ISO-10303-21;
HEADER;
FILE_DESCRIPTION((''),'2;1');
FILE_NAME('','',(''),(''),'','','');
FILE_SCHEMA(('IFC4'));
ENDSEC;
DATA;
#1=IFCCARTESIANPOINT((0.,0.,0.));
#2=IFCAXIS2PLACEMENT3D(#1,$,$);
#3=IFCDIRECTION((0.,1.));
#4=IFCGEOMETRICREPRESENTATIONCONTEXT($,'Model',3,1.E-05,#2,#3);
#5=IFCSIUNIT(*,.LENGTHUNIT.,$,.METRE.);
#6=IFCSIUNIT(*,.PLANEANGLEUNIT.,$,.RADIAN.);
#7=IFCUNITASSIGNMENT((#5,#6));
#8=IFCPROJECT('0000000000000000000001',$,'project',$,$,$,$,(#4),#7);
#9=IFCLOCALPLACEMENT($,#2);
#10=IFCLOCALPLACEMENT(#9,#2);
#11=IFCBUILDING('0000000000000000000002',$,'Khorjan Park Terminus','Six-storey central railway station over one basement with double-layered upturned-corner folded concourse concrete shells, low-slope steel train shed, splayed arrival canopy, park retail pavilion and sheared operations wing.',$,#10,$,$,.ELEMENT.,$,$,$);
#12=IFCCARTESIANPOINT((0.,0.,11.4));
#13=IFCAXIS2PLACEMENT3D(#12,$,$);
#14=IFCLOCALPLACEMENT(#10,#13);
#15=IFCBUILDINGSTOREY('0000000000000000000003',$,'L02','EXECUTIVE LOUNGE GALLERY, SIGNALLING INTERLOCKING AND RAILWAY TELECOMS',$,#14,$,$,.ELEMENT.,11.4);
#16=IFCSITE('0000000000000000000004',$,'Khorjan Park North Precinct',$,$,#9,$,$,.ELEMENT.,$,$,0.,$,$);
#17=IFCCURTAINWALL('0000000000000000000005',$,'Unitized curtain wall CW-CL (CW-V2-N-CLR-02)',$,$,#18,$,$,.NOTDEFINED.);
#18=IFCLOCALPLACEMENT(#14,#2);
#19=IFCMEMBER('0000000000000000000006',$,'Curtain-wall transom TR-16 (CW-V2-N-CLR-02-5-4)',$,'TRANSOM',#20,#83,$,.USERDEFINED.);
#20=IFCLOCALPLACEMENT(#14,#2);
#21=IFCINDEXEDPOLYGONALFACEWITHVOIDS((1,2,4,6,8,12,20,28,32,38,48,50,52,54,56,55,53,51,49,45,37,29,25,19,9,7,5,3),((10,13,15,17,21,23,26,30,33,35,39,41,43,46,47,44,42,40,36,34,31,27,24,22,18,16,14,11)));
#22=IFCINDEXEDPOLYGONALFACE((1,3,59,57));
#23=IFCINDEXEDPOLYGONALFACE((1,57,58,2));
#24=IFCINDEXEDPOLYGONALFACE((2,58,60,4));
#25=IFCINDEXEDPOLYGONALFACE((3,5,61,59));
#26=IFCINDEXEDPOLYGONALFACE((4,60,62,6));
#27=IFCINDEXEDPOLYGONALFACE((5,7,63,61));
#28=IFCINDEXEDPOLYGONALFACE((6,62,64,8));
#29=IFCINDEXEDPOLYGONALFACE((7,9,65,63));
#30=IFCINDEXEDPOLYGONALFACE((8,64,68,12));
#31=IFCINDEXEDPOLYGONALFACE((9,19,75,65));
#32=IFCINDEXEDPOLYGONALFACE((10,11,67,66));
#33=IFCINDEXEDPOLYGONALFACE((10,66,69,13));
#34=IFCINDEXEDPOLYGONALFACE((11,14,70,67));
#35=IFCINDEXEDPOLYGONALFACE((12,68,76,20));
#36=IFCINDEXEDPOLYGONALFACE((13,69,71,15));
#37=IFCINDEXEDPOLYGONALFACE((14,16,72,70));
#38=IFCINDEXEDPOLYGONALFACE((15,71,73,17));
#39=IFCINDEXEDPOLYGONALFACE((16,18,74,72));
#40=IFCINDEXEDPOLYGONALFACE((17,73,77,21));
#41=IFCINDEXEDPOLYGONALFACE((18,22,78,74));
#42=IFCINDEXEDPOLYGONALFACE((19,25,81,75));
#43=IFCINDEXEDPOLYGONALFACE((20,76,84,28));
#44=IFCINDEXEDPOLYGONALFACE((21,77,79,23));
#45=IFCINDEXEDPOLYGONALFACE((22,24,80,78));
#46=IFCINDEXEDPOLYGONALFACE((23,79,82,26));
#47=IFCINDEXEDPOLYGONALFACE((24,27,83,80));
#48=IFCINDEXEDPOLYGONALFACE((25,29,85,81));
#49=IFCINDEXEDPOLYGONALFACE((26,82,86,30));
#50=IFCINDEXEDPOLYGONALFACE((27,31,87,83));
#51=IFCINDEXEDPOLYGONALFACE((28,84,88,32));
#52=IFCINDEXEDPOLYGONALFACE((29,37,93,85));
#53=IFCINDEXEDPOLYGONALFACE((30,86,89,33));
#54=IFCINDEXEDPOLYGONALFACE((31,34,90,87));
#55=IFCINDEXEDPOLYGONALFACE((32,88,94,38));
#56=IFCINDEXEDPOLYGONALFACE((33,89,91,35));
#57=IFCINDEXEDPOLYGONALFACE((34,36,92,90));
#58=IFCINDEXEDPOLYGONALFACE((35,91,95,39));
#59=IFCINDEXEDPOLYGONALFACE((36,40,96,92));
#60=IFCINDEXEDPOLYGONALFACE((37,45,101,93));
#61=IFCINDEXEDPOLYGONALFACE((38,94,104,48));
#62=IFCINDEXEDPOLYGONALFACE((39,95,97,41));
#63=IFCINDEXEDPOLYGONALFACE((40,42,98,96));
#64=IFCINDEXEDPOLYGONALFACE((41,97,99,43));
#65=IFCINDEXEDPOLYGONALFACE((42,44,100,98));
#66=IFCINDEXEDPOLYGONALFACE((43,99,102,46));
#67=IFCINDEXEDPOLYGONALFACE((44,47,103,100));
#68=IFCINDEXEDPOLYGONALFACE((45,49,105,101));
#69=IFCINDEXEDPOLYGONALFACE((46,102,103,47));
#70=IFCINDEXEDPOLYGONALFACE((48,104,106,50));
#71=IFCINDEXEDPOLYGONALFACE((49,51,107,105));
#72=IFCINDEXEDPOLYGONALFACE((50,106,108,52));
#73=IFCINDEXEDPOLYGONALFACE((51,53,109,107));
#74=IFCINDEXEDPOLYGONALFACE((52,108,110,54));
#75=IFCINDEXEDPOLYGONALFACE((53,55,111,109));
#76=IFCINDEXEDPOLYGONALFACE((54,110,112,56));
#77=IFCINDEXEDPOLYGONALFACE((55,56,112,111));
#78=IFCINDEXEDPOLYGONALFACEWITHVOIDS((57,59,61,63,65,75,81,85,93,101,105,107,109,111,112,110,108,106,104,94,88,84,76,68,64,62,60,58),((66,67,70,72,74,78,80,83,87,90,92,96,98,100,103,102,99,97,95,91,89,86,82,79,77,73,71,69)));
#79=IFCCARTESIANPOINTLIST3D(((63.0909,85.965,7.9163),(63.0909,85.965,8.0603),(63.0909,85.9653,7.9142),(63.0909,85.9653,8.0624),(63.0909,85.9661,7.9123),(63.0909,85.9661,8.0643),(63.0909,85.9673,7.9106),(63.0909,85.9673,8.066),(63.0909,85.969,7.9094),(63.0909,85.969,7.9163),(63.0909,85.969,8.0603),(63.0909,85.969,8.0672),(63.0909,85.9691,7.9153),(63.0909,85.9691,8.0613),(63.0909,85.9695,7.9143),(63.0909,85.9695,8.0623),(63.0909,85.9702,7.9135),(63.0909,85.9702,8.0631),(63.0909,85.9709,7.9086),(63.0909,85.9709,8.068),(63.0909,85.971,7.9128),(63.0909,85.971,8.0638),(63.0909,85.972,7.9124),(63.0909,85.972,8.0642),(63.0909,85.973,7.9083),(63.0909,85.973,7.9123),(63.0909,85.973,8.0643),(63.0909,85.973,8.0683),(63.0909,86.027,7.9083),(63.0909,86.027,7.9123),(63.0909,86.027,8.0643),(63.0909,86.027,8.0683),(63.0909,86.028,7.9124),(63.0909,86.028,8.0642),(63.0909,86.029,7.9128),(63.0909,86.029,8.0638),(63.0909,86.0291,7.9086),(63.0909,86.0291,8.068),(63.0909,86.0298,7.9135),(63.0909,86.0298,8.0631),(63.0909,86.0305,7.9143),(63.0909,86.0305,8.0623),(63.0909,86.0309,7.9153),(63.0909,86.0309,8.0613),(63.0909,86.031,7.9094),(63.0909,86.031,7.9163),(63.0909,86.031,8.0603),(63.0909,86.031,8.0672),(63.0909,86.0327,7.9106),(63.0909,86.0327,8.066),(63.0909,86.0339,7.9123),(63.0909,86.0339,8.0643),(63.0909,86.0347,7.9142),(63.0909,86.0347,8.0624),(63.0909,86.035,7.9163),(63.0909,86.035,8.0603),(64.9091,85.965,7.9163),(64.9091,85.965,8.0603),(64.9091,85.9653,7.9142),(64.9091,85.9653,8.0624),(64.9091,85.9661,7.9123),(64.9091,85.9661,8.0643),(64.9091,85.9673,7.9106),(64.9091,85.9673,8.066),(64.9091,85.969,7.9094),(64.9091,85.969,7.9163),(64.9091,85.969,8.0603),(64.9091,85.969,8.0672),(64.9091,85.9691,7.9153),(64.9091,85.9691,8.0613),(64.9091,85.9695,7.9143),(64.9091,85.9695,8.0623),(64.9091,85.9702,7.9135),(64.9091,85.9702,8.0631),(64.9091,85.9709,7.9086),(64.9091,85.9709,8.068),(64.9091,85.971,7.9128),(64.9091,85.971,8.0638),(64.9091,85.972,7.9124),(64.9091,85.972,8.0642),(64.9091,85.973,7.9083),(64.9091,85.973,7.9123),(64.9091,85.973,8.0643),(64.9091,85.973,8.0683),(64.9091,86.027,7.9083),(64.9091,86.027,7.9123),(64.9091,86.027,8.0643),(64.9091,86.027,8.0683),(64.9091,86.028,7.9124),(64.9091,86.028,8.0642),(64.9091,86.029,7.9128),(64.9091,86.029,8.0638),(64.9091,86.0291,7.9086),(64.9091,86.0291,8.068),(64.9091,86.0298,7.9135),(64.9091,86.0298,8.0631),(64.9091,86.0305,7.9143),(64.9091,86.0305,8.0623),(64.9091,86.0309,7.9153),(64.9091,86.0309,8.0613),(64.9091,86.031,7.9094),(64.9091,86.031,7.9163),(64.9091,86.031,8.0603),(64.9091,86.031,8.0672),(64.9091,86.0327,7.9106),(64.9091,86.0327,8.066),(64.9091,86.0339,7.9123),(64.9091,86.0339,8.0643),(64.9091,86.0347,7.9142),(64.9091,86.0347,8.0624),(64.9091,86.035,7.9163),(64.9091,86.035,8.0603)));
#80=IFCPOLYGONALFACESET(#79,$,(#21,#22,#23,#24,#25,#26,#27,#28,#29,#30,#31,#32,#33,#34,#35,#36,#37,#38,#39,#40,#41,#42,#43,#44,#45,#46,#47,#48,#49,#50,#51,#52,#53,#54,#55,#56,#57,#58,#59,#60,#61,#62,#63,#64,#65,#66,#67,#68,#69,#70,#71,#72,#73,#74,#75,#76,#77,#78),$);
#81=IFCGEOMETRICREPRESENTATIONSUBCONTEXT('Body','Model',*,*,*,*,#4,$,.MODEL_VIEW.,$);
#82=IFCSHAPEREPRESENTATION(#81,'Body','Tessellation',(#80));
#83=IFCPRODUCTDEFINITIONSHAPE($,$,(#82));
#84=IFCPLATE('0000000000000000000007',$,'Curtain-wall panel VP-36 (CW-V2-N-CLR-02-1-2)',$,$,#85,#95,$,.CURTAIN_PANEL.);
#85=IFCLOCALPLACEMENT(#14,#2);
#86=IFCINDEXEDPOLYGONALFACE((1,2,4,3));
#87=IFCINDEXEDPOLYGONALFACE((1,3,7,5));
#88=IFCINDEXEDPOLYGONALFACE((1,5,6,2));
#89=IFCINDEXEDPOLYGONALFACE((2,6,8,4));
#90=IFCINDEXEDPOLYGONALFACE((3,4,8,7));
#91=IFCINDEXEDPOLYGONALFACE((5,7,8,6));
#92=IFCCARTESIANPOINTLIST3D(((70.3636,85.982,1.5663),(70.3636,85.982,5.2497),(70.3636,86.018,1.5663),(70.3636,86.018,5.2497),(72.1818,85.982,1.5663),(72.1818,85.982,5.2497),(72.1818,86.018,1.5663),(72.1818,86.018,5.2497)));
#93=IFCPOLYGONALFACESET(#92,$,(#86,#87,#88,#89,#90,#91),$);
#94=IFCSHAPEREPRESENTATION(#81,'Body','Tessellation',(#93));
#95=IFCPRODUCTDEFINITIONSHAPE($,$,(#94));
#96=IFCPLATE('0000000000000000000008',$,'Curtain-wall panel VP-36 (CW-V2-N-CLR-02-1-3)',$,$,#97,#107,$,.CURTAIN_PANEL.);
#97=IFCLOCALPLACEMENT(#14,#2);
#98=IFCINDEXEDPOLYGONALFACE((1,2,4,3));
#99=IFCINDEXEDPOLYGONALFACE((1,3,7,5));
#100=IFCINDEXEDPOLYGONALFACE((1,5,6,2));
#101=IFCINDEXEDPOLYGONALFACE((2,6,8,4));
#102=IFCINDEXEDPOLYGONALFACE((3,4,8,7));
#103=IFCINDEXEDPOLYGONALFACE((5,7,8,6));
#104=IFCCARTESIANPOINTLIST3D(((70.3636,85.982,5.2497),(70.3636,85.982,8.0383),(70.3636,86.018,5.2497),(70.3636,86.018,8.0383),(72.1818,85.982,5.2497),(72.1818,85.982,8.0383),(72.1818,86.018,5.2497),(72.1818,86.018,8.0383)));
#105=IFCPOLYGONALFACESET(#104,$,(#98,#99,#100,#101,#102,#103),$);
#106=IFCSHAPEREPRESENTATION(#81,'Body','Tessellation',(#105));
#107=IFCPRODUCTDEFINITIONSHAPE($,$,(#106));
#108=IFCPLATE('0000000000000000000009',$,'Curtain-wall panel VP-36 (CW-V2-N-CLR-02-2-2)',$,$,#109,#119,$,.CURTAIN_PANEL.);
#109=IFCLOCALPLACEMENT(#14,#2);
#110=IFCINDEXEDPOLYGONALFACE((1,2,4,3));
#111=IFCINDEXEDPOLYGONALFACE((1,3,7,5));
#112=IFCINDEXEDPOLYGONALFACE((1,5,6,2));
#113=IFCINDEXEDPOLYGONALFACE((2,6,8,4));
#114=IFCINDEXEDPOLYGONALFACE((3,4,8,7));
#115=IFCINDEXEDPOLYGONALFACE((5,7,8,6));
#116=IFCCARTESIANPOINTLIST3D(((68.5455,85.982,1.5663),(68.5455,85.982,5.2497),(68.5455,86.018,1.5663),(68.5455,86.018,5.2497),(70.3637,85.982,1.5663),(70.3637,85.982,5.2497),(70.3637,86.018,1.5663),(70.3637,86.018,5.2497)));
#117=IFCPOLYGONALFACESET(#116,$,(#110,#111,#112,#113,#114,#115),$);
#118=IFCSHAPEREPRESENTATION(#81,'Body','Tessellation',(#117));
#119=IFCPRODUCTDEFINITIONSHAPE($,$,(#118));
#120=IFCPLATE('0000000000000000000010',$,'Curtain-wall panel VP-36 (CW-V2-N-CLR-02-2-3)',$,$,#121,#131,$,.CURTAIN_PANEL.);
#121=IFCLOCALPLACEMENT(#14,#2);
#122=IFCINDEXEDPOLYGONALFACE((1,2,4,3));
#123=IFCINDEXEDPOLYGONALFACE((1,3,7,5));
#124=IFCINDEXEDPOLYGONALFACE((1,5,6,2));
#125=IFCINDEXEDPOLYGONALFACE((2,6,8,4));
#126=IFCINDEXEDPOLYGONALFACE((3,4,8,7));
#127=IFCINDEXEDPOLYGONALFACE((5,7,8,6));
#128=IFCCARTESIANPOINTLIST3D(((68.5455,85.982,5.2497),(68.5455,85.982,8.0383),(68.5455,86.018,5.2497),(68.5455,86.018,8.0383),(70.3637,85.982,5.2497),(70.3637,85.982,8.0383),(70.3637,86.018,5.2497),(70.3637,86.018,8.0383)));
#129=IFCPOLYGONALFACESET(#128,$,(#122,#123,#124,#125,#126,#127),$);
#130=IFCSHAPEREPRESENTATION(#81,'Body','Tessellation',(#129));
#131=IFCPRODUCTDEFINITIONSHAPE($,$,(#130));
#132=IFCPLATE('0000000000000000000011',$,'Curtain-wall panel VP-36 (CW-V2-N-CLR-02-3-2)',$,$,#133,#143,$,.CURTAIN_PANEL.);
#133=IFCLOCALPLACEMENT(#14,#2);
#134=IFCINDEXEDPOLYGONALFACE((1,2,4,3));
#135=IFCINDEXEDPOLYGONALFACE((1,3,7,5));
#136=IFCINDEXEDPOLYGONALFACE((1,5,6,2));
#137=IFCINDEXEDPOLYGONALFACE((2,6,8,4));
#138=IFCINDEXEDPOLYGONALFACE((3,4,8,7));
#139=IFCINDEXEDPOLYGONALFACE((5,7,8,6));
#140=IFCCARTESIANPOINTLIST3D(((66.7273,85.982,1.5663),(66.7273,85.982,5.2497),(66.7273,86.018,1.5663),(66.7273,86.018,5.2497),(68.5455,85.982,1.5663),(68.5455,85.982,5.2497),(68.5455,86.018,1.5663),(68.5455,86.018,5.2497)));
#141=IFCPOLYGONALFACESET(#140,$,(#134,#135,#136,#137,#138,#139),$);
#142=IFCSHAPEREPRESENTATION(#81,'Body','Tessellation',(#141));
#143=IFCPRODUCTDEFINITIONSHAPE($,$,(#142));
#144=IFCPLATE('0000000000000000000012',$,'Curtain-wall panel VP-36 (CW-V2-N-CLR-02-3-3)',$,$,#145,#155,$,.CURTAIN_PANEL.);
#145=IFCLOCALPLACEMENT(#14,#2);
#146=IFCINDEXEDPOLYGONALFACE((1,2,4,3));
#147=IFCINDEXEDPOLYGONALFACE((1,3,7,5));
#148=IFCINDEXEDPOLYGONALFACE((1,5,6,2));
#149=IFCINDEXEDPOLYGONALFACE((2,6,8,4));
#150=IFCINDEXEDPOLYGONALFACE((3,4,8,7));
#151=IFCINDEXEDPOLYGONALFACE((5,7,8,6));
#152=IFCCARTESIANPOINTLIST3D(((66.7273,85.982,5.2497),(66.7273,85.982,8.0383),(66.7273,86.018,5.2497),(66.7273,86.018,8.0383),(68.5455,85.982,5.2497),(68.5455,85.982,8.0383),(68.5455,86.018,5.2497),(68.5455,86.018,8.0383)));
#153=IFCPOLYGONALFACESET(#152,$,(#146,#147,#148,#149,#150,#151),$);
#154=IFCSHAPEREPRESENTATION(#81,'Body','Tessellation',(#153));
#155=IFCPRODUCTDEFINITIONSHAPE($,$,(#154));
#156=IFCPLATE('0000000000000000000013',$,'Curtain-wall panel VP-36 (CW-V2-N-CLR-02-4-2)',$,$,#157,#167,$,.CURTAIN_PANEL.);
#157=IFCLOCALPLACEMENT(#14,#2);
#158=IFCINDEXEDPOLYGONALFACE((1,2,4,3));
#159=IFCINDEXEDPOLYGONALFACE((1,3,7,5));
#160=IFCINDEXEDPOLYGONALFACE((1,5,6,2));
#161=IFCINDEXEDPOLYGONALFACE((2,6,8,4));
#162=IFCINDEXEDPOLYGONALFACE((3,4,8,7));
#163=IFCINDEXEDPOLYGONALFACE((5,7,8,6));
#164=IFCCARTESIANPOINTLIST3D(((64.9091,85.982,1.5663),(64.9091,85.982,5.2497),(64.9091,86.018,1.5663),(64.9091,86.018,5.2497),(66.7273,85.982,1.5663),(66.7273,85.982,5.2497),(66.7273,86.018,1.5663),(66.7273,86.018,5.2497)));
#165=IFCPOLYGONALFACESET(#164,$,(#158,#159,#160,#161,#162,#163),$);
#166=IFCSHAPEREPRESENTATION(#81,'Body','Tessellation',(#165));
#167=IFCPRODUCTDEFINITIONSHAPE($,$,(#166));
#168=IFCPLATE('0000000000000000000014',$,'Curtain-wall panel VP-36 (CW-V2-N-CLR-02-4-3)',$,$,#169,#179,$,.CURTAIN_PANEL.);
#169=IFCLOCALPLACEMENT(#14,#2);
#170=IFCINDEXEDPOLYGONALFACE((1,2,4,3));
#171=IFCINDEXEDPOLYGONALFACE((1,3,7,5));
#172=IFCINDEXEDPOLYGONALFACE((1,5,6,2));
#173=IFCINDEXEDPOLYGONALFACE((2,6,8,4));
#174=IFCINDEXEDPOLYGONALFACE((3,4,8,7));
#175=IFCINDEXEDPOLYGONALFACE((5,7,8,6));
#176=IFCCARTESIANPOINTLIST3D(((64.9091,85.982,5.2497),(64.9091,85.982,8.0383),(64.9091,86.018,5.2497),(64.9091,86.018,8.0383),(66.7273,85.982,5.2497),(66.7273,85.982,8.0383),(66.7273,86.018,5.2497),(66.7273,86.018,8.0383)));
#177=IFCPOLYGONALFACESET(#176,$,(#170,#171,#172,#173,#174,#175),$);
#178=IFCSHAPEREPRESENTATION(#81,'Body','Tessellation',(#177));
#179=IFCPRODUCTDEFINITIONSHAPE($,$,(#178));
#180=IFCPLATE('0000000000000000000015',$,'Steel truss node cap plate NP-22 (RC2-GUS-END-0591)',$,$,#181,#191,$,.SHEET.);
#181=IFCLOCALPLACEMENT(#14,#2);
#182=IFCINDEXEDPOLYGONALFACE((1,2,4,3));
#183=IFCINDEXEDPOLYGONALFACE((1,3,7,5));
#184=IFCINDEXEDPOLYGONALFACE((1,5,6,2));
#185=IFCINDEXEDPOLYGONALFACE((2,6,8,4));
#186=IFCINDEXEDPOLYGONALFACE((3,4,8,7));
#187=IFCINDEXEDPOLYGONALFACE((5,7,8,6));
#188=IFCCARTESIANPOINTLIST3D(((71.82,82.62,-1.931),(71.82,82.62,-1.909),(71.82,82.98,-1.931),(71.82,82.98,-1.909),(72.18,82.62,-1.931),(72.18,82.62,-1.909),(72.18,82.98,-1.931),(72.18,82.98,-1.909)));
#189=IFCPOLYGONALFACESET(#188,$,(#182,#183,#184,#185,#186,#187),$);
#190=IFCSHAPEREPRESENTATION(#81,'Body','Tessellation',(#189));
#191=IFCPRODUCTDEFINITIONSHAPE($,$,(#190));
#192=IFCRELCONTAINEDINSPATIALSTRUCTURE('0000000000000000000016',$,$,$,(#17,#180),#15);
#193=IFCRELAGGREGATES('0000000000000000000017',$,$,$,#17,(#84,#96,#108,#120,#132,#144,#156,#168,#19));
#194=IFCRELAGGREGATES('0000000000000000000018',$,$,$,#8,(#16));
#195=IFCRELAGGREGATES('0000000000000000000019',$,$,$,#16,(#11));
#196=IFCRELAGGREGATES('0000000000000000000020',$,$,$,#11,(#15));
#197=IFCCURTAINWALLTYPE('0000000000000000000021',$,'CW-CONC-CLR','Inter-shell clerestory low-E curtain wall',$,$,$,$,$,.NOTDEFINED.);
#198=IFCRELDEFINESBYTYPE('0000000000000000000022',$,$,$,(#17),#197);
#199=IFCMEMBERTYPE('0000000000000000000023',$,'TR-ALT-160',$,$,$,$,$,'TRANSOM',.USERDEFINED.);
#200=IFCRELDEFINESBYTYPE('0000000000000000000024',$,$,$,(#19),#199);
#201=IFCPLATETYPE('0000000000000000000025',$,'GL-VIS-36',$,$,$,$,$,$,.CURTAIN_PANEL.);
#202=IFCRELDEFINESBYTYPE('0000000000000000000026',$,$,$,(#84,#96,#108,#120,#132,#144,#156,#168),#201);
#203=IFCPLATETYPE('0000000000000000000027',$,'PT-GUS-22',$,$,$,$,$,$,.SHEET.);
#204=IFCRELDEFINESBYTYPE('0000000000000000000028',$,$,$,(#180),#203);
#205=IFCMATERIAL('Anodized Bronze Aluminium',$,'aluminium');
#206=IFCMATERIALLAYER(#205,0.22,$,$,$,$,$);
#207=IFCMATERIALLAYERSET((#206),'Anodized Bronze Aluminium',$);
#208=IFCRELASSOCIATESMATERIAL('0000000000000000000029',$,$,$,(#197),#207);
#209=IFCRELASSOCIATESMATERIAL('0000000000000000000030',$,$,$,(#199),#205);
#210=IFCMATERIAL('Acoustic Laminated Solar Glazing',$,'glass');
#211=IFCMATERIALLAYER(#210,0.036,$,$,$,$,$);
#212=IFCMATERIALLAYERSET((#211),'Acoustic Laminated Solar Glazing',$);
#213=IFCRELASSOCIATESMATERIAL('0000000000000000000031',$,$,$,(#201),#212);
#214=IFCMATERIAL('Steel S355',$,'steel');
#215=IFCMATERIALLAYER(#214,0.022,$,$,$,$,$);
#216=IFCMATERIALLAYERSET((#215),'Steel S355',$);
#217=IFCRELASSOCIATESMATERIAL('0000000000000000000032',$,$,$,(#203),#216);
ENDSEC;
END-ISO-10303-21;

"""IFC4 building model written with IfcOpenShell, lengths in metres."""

from ifc_helpers import new_model, si_unit, direction, frame, origin, origin_2d, place, context, subcontext, project, spatial, rectangle, hollow_rectangle, extrude, material, layer, layer_set, material_profile, profile_set, type_object, element, aggregate, save


model = new_model("IFC4")

# Units and contexts
model_context = context("Model", 3, precision=1e-05, world=origin(), true_north=direction((0.0, 1.0)))
body_context = subcontext(model_context, "Body", "Model", "MODEL_VIEW")
ifc_project = project(units=[si_unit("LENGTHUNIT", "METRE"), si_unit("PLANEANGLEUNIT", "RADIAN")], contexts=[model_context])

# Site, building, storey
site_placement = place(None, origin())
site = spatial("IfcSite", under=ifc_project, at=site_placement, Name="Khorjan Park North Precinct", CompositionType="ELEMENT", RefElevation=0.0)
building_placement = place(site_placement, origin())
building = spatial("IfcBuilding", under=site, at=building_placement, Name="Khorjan Park Terminus", Description="Six-storey central railway station over one basement with double-layered upturned-corner folded concourse concrete shells, low-slope steel train shed, splayed arrival canopy, park retail pavilion and sheared operations wing.", CompositionType="ELEMENT")
storey_placement = place(building_placement, frame((0.0, 0.0, 11.4)))
storey = spatial("IfcBuildingStorey", under=building, at=storey_placement, Name="L02", Description="EXECUTIVE LOUNGE GALLERY, SIGNALLING INTERLOCKING AND RAILWAY TELECOMS", CompositionType="ELEMENT", Elevation=11.4)

# Shared definitions
ifc_material_1 = material(Name="Steel S355", Category="steel")

# Curtain wall, member, plates
ifc_material_2 = material(Name="Anodized Bronze Aluminium", Category="aluminium")
ifc_layer_1 = layer(ifc_material_2, 0.22)
ifc_layer_set_1 = layer_set([ifc_layer_1], Name="Anodized Bronze Aluminium")
curtain_wall_type = type_object("IfcCurtainWallType", Name="CW-CONC-CLR", Description="Inter-shell clerestory low-E curtain wall", PredefinedType="NOTDEFINED", material=ifc_layer_set_1)
curtain_wall_placement = place(storey_placement, origin())
curtain_wall = element("IfcCurtainWall", 1, at=curtain_wall_placement, inside=storey, type_object=curtain_wall_type, Name="Unitized curtain wall CW-CL (CW-V2-N-CLR-02)", PredefinedType="NOTDEFINED")
ifc_material_profile_1 = material_profile(ifc_material_2, hollow_rectangle(XDim=0.07, YDim=0.16, WallThickness=0.004, InnerFilletRadius=0.004, OuterFilletRadius=0.008, at=origin_2d()), Name="ALT 70x160x4")
ifc_profile_set_1 = profile_set([ifc_material_profile_1], Name="Anodized Bronze Aluminium")
member_type_1 = type_object("IfcMemberType", Name="TR-ALT-160", ElementType="TRANSOM", PredefinedType="USERDEFINED", material=ifc_profile_set_1)
member_1_placement = place(storey_placement, frame((64.9091, 86.0, 7.9883), z_axis=(-1.0, 0.0, 0.0), x_axis=(0.0, -1.0, 0.0)))
member_1 = element("IfcMember", 2, at=member_1_placement, type_object=member_type_1, Name="Curtain-wall transom TR-16 (CW-V2-N-CLR-02-5-4)", ObjectType="TRANSOM", PredefinedType="USERDEFINED", context=body_context, shape_type="SweptSolid", body=[
    extrude(hollow_rectangle(XDim=0.07, YDim=0.16, WallThickness=0.004, InnerFilletRadius=0.004, OuterFilletRadius=0.008, at=origin_2d()), origin(), (0.0, 0.0, 1.0), 1.8182),
])
ifc_material_3 = material(Name="Acoustic Laminated Solar Glazing", Category="glass")
ifc_layer_2 = layer(ifc_material_3, 0.036)
ifc_layer_set_2 = layer_set([ifc_layer_2], Name="Acoustic Laminated Solar Glazing")
plate_type_1 = type_object("IfcPlateType", Name="GL-VIS-36", PredefinedType="CURTAIN_PANEL", material=ifc_layer_set_2)
plate_1_placement = place(storey_placement, frame((71.2727, 86.0, 1.5663), z_axis=(0.0, 0.0, 1.0), x_axis=(-1.0, 0.0, 0.0)))
plate_1 = element("IfcPlate", 3, at=plate_1_placement, type_object=plate_type_1, Name="Curtain-wall panel VP-36 (CW-V2-N-CLR-02-1-2)", PredefinedType="CURTAIN_PANEL", context=body_context, shape_type="SweptSolid", body=[
    extrude(rectangle(XDim=1.8182, YDim=0.036, at=origin_2d()), origin(), (0.0, 0.0, 1.0), 3.6834),
])
plate_2_placement = place(storey_placement, frame((71.2727, 86.0, 5.2497), z_axis=(0.0, 0.0, 1.0), x_axis=(-1.0, 0.0, 0.0)))
plate_2 = element("IfcPlate", 4, at=plate_2_placement, type_object=plate_type_1, Name="Curtain-wall panel VP-36 (CW-V2-N-CLR-02-1-3)", PredefinedType="CURTAIN_PANEL", context=body_context, shape_type="SweptSolid", body=[
    extrude(rectangle(XDim=1.8182, YDim=0.036, at=origin_2d()), origin(), (0.0, 0.0, 1.0), 2.7886),
])
plate_3_placement = place(storey_placement, frame((69.4546, 86.0, 1.5663), z_axis=(0.0, 0.0, 1.0), x_axis=(-1.0, 0.0, 0.0)))
plate_3 = element("IfcPlate", 5, at=plate_3_placement, type_object=plate_type_1, Name="Curtain-wall panel VP-36 (CW-V2-N-CLR-02-2-2)", PredefinedType="CURTAIN_PANEL", context=body_context, shape_type="SweptSolid", body=[
    extrude(rectangle(XDim=1.8182, YDim=0.036, at=origin_2d()), origin(), (0.0, 0.0, 1.0), 3.6834),
])
plate_4_placement = place(storey_placement, frame((69.4546, 86.0, 5.2497), z_axis=(0.0, 0.0, 1.0), x_axis=(-1.0, 0.0, 0.0)))
plate_4 = element("IfcPlate", 6, at=plate_4_placement, type_object=plate_type_1, Name="Curtain-wall panel VP-36 (CW-V2-N-CLR-02-2-3)", PredefinedType="CURTAIN_PANEL", context=body_context, shape_type="SweptSolid", body=[
    extrude(rectangle(XDim=1.8182, YDim=0.036, at=origin_2d()), origin(), (0.0, 0.0, 1.0), 2.7886),
])
plate_5_placement = place(storey_placement, frame((67.6364, 86.0, 1.5663), z_axis=(0.0, 0.0, 1.0), x_axis=(-1.0, 0.0, 0.0)))
plate_5 = element("IfcPlate", 7, at=plate_5_placement, type_object=plate_type_1, Name="Curtain-wall panel VP-36 (CW-V2-N-CLR-02-3-2)", PredefinedType="CURTAIN_PANEL", context=body_context, shape_type="SweptSolid", body=[
    extrude(rectangle(XDim=1.8182, YDim=0.036, at=origin_2d()), origin(), (0.0, 0.0, 1.0), 3.6834),
])
plate_6_placement = place(storey_placement, frame((67.6364, 86.0, 5.2497), z_axis=(0.0, 0.0, 1.0), x_axis=(-1.0, 0.0, 0.0)))
plate_6 = element("IfcPlate", 8, at=plate_6_placement, type_object=plate_type_1, Name="Curtain-wall panel VP-36 (CW-V2-N-CLR-02-3-3)", PredefinedType="CURTAIN_PANEL", context=body_context, shape_type="SweptSolid", body=[
    extrude(rectangle(XDim=1.8182, YDim=0.036, at=origin_2d()), origin(), (0.0, 0.0, 1.0), 2.7886),
])
plate_7_placement = place(storey_placement, frame((65.8182, 86.0, 1.5663), z_axis=(0.0, 0.0, 1.0), x_axis=(-1.0, 0.0, 0.0)))
plate_7 = element("IfcPlate", 9, at=plate_7_placement, type_object=plate_type_1, Name="Curtain-wall panel VP-36 (CW-V2-N-CLR-02-4-2)", PredefinedType="CURTAIN_PANEL", context=body_context, shape_type="SweptSolid", body=[
    extrude(rectangle(XDim=1.8182, YDim=0.036, at=origin_2d()), origin(), (0.0, 0.0, 1.0), 3.6834),
])
plate_8_placement = place(storey_placement, frame((65.8182, 86.0, 5.2497), z_axis=(0.0, 0.0, 1.0), x_axis=(-1.0, 0.0, 0.0)))
plate_8 = element("IfcPlate", 10, at=plate_8_placement, type_object=plate_type_1, Name="Curtain-wall panel VP-36 (CW-V2-N-CLR-02-4-3)", PredefinedType="CURTAIN_PANEL", context=body_context, shape_type="SweptSolid", body=[
    extrude(rectangle(XDim=1.8182, YDim=0.036, at=origin_2d()), origin(), (0.0, 0.0, 1.0), 2.7886),
])

# Plate
ifc_layer_3 = layer(ifc_material_1, 0.022)
ifc_layer_set_3 = layer_set([ifc_layer_3], Name="Steel S355")
plate_type_2 = type_object("IfcPlateType", Name="PT-GUS-22", PredefinedType="SHEET", material=ifc_layer_set_3)
plate_9_placement = place(storey_placement, frame((72.0, 82.8, -1.931), z_axis=(0.0, 0.0, 1.0), x_axis=(1.0, 0.0, 0.0)))
element("IfcPlate", 11, at=plate_9_placement, inside=storey, type_object=plate_type_2, Name="Steel truss node cap plate NP-22 (RC2-GUS-END-0591)", PredefinedType="SHEET", context=body_context, shape_type="SweptSolid", body=[
    extrude(rectangle(XDim=0.36, YDim=0.36, at=origin_2d()), origin(), (0.0, 0.0, 1.0), 0.022),
])

aggregate(curtain_wall, [plate_1, plate_2, plate_3, plate_4, plate_5, plate_6, plate_7, plate_8, member_1])

save(model, "model.ifc")
